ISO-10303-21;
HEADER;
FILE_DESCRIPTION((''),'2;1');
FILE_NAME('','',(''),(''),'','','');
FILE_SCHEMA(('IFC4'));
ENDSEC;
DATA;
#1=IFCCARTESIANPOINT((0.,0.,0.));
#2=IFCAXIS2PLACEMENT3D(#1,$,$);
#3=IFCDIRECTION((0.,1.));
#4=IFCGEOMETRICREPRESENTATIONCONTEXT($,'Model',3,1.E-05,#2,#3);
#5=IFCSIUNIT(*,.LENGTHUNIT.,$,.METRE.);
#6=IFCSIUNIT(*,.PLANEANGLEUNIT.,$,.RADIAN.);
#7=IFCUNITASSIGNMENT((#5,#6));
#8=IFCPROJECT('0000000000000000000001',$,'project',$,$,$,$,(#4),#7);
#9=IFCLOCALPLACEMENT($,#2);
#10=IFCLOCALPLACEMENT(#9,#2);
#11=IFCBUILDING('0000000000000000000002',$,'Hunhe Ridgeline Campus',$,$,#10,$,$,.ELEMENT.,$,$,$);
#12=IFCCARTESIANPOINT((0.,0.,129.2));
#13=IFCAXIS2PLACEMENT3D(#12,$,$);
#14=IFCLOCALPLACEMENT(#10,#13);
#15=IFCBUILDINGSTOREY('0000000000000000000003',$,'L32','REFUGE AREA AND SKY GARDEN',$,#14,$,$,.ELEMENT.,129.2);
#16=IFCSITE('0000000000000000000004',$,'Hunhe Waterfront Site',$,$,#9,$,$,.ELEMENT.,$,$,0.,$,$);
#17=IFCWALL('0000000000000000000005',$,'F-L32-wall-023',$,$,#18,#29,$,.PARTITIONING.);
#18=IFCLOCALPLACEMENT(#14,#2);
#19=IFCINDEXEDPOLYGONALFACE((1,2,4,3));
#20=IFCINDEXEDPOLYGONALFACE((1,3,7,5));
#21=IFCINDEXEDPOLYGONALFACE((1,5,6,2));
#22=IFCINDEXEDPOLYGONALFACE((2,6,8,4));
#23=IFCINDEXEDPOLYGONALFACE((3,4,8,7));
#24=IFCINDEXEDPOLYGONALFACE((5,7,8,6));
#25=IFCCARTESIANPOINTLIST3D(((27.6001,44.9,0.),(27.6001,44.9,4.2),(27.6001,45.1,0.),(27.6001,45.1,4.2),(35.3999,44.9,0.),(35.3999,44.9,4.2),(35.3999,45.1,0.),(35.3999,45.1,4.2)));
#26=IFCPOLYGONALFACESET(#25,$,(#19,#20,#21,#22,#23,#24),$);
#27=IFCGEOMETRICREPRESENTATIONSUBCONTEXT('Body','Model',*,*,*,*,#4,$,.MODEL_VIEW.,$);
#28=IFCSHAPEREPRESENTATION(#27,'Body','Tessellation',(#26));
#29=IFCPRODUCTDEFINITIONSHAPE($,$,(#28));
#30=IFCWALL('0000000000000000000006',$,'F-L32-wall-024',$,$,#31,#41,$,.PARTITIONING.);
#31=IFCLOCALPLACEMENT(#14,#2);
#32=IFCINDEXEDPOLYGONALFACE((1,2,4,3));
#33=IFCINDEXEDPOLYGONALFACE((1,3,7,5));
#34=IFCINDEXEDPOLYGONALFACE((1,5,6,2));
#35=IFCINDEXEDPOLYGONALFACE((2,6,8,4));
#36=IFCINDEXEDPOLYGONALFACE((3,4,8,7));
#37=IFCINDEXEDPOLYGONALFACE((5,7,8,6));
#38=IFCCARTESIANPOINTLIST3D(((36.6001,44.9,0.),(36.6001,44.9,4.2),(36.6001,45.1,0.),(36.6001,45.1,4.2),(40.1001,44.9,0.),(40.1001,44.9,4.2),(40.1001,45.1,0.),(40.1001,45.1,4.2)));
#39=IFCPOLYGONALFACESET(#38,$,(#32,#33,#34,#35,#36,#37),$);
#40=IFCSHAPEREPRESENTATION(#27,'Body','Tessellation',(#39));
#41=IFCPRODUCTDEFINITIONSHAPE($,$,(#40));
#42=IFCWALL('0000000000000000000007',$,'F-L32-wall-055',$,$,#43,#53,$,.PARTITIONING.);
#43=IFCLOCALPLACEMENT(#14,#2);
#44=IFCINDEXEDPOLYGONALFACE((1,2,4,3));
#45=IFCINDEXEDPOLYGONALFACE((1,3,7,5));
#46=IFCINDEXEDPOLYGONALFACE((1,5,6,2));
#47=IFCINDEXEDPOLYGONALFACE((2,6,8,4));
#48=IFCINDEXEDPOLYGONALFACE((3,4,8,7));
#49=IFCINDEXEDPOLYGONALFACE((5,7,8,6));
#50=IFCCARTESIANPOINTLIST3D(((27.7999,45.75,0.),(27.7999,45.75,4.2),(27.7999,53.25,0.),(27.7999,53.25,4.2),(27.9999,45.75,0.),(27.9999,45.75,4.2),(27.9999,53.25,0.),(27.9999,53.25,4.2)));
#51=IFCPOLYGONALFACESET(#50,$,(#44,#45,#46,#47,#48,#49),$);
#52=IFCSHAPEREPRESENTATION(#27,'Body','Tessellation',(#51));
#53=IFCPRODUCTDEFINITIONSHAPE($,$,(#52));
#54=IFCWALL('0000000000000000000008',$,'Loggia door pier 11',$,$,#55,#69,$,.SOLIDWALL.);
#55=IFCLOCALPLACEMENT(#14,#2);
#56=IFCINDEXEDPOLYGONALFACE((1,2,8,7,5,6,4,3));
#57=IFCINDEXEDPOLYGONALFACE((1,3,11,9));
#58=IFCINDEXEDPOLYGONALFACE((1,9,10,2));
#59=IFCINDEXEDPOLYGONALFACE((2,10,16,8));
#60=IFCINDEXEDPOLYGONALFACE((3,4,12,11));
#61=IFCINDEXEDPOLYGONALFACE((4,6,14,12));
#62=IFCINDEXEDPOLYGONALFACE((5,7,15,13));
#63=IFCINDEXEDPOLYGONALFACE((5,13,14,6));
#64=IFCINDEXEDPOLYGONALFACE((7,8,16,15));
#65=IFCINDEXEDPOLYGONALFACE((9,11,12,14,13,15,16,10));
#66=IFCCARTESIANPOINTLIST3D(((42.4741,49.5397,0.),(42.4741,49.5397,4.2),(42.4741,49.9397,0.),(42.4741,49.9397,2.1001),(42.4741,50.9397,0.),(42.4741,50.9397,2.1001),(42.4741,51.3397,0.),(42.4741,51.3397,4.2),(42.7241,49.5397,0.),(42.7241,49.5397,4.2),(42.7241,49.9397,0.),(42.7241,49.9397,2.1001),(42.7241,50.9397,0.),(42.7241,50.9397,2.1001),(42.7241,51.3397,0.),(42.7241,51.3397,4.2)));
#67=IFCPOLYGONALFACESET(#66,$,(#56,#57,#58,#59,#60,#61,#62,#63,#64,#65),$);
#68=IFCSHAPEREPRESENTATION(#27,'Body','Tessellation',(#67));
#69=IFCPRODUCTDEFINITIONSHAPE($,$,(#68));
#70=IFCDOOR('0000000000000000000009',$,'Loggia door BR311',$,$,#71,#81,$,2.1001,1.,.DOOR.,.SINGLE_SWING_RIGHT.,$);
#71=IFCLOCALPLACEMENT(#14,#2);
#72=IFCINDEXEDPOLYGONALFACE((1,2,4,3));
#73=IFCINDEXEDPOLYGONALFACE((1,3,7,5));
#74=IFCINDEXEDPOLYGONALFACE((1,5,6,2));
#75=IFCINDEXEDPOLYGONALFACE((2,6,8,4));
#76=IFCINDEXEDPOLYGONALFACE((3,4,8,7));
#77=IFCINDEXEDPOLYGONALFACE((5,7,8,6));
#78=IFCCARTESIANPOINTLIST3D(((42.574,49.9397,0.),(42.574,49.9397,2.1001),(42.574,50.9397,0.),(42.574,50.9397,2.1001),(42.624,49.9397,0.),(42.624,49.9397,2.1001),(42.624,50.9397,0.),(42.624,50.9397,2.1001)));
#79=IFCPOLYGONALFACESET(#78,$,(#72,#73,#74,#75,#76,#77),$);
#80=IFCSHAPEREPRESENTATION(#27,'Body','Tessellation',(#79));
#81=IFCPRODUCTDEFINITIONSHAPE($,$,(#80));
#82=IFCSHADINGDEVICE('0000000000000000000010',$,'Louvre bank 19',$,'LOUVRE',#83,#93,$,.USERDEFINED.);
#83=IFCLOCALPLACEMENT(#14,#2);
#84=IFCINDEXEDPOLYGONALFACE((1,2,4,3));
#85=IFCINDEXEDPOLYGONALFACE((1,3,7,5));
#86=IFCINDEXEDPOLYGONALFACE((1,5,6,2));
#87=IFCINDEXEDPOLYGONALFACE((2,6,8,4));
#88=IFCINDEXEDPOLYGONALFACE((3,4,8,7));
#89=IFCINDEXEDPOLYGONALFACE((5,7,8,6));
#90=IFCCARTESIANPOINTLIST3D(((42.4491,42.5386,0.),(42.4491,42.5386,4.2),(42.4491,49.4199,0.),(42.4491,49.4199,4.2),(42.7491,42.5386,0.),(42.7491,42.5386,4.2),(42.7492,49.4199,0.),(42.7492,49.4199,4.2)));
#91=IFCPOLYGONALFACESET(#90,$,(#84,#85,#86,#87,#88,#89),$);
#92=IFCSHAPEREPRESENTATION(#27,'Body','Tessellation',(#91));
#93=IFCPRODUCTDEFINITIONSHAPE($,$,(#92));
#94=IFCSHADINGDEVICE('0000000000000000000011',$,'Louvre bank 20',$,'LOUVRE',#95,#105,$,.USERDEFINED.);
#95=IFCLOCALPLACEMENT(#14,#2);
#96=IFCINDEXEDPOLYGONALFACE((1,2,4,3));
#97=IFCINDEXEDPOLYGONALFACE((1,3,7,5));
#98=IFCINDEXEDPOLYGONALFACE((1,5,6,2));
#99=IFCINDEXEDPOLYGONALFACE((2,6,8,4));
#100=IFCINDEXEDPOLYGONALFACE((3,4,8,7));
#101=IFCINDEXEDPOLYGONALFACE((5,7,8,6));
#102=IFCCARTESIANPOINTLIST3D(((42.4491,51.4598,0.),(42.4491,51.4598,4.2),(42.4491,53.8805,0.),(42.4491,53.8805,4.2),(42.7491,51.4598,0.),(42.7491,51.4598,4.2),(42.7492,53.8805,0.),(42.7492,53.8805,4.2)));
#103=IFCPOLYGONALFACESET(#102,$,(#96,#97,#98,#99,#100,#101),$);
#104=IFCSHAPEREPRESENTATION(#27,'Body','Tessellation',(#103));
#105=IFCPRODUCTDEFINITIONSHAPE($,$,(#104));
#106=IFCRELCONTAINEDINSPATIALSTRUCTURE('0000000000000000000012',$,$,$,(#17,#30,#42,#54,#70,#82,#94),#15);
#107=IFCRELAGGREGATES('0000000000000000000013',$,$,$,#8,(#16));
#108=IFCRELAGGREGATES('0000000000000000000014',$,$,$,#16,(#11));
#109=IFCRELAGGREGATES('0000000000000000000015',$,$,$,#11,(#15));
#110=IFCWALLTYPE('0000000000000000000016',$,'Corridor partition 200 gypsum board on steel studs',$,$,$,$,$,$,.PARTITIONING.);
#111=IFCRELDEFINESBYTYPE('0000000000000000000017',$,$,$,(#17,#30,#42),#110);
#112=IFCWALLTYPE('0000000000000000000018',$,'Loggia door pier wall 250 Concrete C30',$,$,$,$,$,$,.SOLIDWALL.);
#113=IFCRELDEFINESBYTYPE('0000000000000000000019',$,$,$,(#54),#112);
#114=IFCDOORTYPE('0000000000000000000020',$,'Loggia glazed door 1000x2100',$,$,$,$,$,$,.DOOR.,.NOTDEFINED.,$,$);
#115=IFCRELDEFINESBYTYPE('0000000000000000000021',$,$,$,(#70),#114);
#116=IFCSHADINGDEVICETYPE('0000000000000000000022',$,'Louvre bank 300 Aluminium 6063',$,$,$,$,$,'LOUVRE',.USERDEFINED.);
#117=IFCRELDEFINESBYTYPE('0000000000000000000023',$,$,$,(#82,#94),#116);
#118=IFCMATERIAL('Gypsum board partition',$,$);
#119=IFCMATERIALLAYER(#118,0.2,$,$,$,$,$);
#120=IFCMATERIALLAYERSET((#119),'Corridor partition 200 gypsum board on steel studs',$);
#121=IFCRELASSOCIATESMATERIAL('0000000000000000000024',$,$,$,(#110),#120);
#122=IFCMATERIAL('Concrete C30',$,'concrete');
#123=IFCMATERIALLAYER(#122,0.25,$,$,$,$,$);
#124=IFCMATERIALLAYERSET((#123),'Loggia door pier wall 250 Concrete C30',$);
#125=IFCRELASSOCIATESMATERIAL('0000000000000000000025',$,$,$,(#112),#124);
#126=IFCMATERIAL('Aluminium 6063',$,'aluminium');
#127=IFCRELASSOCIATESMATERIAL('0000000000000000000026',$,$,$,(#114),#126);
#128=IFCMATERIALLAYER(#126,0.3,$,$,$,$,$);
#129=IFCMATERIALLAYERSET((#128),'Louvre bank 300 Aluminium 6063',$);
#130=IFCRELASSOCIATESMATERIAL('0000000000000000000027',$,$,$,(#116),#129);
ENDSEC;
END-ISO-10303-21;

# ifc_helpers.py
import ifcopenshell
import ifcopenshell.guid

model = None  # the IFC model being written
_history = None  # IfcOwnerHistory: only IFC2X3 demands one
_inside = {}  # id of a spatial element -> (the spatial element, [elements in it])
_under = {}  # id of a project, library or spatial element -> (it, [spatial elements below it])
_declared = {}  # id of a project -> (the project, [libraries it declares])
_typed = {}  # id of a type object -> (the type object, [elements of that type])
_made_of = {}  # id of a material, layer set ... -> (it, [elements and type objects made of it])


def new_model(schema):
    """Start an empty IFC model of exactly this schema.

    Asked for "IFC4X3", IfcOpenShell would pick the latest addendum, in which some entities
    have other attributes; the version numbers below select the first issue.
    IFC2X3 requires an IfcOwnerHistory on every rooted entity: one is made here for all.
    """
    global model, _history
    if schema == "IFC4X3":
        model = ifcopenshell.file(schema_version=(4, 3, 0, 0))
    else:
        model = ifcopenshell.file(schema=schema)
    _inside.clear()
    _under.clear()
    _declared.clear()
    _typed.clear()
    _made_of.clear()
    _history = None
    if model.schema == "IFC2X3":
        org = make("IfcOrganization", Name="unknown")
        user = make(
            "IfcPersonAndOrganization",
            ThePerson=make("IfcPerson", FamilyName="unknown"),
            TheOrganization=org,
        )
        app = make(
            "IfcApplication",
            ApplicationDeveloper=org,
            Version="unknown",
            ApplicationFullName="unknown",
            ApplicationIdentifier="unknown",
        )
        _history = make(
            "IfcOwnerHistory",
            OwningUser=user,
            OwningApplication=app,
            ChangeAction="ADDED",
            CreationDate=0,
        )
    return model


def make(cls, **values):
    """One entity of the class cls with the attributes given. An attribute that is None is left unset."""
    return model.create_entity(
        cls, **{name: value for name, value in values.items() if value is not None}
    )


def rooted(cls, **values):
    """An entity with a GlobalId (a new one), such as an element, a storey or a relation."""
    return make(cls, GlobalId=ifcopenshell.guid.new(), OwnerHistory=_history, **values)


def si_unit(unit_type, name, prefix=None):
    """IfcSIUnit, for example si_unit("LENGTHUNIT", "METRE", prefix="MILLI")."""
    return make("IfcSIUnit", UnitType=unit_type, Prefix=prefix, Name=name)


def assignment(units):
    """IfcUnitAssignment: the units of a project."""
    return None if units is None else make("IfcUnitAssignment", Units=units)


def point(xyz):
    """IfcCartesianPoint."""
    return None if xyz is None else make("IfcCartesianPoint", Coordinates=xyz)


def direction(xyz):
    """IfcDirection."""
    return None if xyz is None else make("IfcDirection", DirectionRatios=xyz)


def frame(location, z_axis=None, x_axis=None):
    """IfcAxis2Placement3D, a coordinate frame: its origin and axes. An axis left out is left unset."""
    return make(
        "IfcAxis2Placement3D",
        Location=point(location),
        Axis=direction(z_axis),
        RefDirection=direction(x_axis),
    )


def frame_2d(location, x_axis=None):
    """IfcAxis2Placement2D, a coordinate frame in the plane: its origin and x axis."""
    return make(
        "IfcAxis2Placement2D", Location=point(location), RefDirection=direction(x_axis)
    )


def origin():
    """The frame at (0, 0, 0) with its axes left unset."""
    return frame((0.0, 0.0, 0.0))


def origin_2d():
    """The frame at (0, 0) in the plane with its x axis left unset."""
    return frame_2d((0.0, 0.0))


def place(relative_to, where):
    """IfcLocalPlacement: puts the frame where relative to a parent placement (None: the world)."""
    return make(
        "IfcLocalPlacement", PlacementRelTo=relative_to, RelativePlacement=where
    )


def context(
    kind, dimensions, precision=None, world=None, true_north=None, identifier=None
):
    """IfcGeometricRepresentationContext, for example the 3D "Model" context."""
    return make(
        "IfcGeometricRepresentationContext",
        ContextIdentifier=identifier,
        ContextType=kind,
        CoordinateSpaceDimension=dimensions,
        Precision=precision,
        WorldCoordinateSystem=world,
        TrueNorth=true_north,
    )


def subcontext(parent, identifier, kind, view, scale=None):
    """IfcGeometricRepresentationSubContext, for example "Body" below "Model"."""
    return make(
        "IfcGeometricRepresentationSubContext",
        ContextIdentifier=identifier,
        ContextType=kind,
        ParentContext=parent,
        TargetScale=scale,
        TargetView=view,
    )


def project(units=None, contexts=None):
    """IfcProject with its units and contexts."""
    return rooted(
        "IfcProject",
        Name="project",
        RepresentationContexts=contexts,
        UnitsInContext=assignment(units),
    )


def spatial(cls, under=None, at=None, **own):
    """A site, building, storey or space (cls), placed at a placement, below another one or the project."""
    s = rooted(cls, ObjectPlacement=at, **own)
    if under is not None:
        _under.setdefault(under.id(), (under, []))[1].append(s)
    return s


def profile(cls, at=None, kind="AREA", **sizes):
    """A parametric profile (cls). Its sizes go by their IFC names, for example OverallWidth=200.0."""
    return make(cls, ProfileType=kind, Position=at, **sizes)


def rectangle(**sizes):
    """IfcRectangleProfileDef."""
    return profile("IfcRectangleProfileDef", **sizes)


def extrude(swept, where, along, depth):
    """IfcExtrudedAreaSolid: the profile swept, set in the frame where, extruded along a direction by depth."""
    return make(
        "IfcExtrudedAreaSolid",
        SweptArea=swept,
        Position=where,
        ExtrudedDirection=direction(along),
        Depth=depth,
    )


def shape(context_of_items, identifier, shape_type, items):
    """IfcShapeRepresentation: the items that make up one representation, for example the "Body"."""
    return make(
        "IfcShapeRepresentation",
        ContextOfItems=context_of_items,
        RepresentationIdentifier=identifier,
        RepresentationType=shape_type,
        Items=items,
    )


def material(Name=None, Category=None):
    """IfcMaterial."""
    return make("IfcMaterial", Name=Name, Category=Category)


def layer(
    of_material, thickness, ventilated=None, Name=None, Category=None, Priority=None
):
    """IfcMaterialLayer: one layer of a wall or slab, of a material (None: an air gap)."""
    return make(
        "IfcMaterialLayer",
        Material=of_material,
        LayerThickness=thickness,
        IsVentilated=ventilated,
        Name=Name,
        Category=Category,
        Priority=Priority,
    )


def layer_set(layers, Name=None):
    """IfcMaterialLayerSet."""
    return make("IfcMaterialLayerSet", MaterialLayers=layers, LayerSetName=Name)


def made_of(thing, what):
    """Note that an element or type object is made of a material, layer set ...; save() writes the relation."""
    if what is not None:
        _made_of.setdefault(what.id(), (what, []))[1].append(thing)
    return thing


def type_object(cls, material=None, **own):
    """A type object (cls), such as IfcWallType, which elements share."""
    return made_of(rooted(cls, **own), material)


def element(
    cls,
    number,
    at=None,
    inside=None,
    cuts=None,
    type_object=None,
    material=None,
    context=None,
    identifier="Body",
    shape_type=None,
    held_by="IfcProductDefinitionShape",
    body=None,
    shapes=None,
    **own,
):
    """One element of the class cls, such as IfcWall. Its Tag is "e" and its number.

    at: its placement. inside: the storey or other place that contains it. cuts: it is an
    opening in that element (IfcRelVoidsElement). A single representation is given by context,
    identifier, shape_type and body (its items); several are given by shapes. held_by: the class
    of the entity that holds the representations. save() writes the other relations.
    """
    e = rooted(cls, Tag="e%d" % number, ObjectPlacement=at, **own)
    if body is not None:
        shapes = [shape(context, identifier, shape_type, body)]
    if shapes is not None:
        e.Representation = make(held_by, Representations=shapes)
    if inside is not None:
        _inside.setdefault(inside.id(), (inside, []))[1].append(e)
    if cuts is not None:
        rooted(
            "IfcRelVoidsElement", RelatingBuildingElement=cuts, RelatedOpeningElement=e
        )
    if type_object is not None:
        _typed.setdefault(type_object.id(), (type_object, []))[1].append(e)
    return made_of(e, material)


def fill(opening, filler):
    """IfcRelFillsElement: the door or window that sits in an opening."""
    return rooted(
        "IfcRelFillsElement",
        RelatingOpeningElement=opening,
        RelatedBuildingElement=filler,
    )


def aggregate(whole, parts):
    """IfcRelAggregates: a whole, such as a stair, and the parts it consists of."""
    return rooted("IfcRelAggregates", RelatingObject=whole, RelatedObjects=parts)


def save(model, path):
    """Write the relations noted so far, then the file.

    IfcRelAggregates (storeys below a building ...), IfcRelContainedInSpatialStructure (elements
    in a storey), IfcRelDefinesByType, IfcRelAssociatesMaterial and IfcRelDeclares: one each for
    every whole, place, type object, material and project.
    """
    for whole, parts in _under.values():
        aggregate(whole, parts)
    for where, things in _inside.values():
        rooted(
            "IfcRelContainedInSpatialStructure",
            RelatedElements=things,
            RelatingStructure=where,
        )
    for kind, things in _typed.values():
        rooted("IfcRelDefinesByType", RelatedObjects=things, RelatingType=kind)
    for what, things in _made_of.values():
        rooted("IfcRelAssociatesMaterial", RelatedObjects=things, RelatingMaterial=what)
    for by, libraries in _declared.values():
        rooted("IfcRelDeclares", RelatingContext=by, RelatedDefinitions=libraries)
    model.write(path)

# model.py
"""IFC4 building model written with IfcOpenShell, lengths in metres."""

from ifc_helpers import new_model, si_unit, direction, frame, frame_2d, origin, origin_2d, place, context, subcontext, project, spatial, rectangle, extrude, material, layer, layer_set, type_object, element, fill, save


model = new_model("IFC4")

# Units and contexts
model_context = context("Model", 3, precision=1e-05, world=origin(), true_north=direction((0.0, 1.0)))
body_context = subcontext(model_context, "Body", "Model", "MODEL_VIEW")
ifc_project = project(units=[si_unit("LENGTHUNIT", "METRE"), si_unit("PLANEANGLEUNIT", "RADIAN")], contexts=[model_context])

# Site, building, storey
site_placement = place(None, origin())
site = spatial("IfcSite", under=ifc_project, at=site_placement, Name="Hunhe Waterfront Site", CompositionType="ELEMENT", RefElevation=0.0)
building_placement = place(site_placement, origin())
building = spatial("IfcBuilding", under=site, at=building_placement, Name="Hunhe Ridgeline Campus", CompositionType="ELEMENT")
storey_placement = place(building_placement, frame((0.0, 0.0, 129.2)))
storey = spatial("IfcBuildingStorey", under=building, at=storey_placement, Name="L32", Description="REFUGE AREA AND SKY GARDEN", CompositionType="ELEMENT", Elevation=129.2)

# Shared definitions
ifc_material_1 = material(Name="Aluminium 6063", Category="aluminium")

# Walls
ifc_material_2 = material(Name="Concrete C30", Category="concrete")
ifc_material_3 = material(Name="Gypsum board partition")
ifc_layer_1 = layer(ifc_material_3, 0.2)
ifc_layer_set_1 = layer_set([ifc_layer_1], Name="Corridor partition 200 gypsum board on steel studs")
wall_type_1 = type_object("IfcWallType", Name="Corridor partition 200 gypsum board on steel studs", PredefinedType="PARTITIONING", material=ifc_layer_set_1)
wall_1_placement = place(storey_placement, frame((27.6001, 45.0, 0.0), z_axis=(0.0, 0.0, 1.0), x_axis=(1.0, 0.0, 0.0)))
element("IfcWall", 1, at=wall_1_placement, inside=storey, type_object=wall_type_1, Name="F-L32-wall-023", PredefinedType="PARTITIONING", context=body_context, shape_type="SweptSolid", body=[
    extrude(rectangle(XDim=7.7998, YDim=0.2, at=frame_2d((3.8999, 0.0))), origin(), (0.0, 0.0, 1.0), 4.2),
])
wall_2_placement = place(storey_placement, frame((36.6001, 45.0, 0.0), z_axis=(0.0, 0.0, 1.0), x_axis=(1.0, 0.0, 0.0)))
element("IfcWall", 2, at=wall_2_placement, inside=storey, type_object=wall_type_1, Name="F-L32-wall-024", PredefinedType="PARTITIONING", context=body_context, shape_type="SweptSolid", body=[
    extrude(rectangle(XDim=3.5, YDim=0.2, at=frame_2d((1.75, 0.0))), origin(), (0.0, 0.0, 1.0), 4.2),
])
wall_3_placement = place(storey_placement, frame((27.8999, 53.25, 0.0), z_axis=(0.0, 0.0, 1.0), x_axis=(0.0, -1.0, 0.0)))
element("IfcWall", 3, at=wall_3_placement, inside=storey, type_object=wall_type_1, Name="F-L32-wall-055", PredefinedType="PARTITIONING", context=body_context, shape_type="SweptSolid", body=[
    extrude(rectangle(XDim=7.5, YDim=0.2, at=frame_2d((3.75, 0.0))), origin(), (0.0, 0.0, 1.0), 4.2),
])

# Wall, opening, door
ifc_layer_2 = layer(ifc_material_2, 0.25)
ifc_layer_set_2 = layer_set([ifc_layer_2], Name="Loggia door pier wall 250 Concrete C30")
wall_type_2 = type_object("IfcWallType", Name="Loggia door pier wall 250 Concrete C30", PredefinedType="SOLIDWALL", material=ifc_layer_set_2)
wall_4_placement = place(storey_placement, frame((42.5991, 49.5398, 0.0), z_axis=(0.0, 0.0, 1.0), x_axis=(0.0, 1.0, 0.0)))
wall_4 = element("IfcWall", 4, at=wall_4_placement, inside=storey, type_object=wall_type_2, Name="Loggia door pier 11", PredefinedType="SOLIDWALL", context=body_context, shape_type="SweptSolid", body=[
    extrude(rectangle(XDim=1.8, YDim=0.25, at=frame_2d((0.8999, 0.0))), origin(), (0.0, 0.0, 1.0), 4.2),
])
opening_placement = place(wall_4_placement, frame((0.3999, 0.0, 0.0)))
opening = element("IfcOpeningElement", 5, at=opening_placement, cuts=wall_4, PredefinedType="OPENING", context=body_context, shape_type="SweptSolid", body=[
    extrude(rectangle(XDim=1.0, YDim=2.1001, at=frame_2d((0.5, 1.05))), frame((0.0, 0.125, 0.0), z_axis=(0.0, -1.0, 0.0), x_axis=(1.0, 0.0, 0.0)), (0.0, 0.0, 1.0), 0.25),
])
door_type = type_object("IfcDoorType", Name="Loggia glazed door 1000x2100", OperationType="NOTDEFINED", PredefinedType="DOOR", material=ifc_material_1)
door_placement = place(opening_placement, frame((1.0, 0.0, 0.0), z_axis=(0.0, 0.0, 1.0), x_axis=(-1.0, 0.0, 0.0)))
door = element("IfcDoor", 6, at=door_placement, inside=storey, type_object=door_type, Name="Loggia door BR311", OperationType="SINGLE_SWING_RIGHT", OverallHeight=2.1001, OverallWidth=1.0, PredefinedType="DOOR", context=body_context, shape_type="SweptSolid", body=[
    extrude(rectangle(XDim=1.0, YDim=2.1001, at=frame_2d((0.5, 1.05))), frame((0.0, 0.0249, 0.0), z_axis=(0.0, -1.0, 0.0), x_axis=(1.0, 0.0, 0.0)), (0.0, 0.0, 1.0), 0.05),
])
fill(opening, door)

# Shading devices
ifc_layer_3 = layer(ifc_material_1, 0.3)
ifc_layer_set_3 = layer_set([ifc_layer_3], Name="Louvre bank 300 Aluminium 6063")
shading_device_type = type_object("IfcShadingDeviceType", Name="Louvre bank 300 Aluminium 6063", ElementType="LOUVRE", PredefinedType="USERDEFINED", material=ifc_layer_set_3)
shading_device_1_placement = place(storey_placement, frame((42.5991, 45.9792, 0.0), z_axis=(0.0, 0.0, 1.0), x_axis=(0.000004, 1.0, 0.0)))
element("IfcShadingDevice", 7, at=shading_device_1_placement, inside=storey, type_object=shading_device_type, Name="Louvre bank 19", ObjectType="LOUVRE", PredefinedType="USERDEFINED", context=body_context, shape_type="SweptSolid", body=[
    extrude(rectangle(XDim=6.8813, YDim=0.3, at=origin_2d()), origin(), (0.0, 0.0, 1.0), 4.2),
])
shading_device_2_placement = place(storey_placement, frame((42.5991, 52.6702, 0.0), z_axis=(0.0, 0.0, 1.0), x_axis=(0.000005, 1.0, 0.0)))
element("IfcShadingDevice", 8, at=shading_device_2_placement, inside=storey, type_object=shading_device_type, Name="Louvre bank 20", ObjectType="LOUVRE", PredefinedType="USERDEFINED", context=body_context, shape_type="SweptSolid", body=[
    extrude(rectangle(XDim=2.4207, YDim=0.3, at=origin_2d()), origin(), (0.0, 0.0, 1.0), 4.2),
])

save(model, "model.ifc")
